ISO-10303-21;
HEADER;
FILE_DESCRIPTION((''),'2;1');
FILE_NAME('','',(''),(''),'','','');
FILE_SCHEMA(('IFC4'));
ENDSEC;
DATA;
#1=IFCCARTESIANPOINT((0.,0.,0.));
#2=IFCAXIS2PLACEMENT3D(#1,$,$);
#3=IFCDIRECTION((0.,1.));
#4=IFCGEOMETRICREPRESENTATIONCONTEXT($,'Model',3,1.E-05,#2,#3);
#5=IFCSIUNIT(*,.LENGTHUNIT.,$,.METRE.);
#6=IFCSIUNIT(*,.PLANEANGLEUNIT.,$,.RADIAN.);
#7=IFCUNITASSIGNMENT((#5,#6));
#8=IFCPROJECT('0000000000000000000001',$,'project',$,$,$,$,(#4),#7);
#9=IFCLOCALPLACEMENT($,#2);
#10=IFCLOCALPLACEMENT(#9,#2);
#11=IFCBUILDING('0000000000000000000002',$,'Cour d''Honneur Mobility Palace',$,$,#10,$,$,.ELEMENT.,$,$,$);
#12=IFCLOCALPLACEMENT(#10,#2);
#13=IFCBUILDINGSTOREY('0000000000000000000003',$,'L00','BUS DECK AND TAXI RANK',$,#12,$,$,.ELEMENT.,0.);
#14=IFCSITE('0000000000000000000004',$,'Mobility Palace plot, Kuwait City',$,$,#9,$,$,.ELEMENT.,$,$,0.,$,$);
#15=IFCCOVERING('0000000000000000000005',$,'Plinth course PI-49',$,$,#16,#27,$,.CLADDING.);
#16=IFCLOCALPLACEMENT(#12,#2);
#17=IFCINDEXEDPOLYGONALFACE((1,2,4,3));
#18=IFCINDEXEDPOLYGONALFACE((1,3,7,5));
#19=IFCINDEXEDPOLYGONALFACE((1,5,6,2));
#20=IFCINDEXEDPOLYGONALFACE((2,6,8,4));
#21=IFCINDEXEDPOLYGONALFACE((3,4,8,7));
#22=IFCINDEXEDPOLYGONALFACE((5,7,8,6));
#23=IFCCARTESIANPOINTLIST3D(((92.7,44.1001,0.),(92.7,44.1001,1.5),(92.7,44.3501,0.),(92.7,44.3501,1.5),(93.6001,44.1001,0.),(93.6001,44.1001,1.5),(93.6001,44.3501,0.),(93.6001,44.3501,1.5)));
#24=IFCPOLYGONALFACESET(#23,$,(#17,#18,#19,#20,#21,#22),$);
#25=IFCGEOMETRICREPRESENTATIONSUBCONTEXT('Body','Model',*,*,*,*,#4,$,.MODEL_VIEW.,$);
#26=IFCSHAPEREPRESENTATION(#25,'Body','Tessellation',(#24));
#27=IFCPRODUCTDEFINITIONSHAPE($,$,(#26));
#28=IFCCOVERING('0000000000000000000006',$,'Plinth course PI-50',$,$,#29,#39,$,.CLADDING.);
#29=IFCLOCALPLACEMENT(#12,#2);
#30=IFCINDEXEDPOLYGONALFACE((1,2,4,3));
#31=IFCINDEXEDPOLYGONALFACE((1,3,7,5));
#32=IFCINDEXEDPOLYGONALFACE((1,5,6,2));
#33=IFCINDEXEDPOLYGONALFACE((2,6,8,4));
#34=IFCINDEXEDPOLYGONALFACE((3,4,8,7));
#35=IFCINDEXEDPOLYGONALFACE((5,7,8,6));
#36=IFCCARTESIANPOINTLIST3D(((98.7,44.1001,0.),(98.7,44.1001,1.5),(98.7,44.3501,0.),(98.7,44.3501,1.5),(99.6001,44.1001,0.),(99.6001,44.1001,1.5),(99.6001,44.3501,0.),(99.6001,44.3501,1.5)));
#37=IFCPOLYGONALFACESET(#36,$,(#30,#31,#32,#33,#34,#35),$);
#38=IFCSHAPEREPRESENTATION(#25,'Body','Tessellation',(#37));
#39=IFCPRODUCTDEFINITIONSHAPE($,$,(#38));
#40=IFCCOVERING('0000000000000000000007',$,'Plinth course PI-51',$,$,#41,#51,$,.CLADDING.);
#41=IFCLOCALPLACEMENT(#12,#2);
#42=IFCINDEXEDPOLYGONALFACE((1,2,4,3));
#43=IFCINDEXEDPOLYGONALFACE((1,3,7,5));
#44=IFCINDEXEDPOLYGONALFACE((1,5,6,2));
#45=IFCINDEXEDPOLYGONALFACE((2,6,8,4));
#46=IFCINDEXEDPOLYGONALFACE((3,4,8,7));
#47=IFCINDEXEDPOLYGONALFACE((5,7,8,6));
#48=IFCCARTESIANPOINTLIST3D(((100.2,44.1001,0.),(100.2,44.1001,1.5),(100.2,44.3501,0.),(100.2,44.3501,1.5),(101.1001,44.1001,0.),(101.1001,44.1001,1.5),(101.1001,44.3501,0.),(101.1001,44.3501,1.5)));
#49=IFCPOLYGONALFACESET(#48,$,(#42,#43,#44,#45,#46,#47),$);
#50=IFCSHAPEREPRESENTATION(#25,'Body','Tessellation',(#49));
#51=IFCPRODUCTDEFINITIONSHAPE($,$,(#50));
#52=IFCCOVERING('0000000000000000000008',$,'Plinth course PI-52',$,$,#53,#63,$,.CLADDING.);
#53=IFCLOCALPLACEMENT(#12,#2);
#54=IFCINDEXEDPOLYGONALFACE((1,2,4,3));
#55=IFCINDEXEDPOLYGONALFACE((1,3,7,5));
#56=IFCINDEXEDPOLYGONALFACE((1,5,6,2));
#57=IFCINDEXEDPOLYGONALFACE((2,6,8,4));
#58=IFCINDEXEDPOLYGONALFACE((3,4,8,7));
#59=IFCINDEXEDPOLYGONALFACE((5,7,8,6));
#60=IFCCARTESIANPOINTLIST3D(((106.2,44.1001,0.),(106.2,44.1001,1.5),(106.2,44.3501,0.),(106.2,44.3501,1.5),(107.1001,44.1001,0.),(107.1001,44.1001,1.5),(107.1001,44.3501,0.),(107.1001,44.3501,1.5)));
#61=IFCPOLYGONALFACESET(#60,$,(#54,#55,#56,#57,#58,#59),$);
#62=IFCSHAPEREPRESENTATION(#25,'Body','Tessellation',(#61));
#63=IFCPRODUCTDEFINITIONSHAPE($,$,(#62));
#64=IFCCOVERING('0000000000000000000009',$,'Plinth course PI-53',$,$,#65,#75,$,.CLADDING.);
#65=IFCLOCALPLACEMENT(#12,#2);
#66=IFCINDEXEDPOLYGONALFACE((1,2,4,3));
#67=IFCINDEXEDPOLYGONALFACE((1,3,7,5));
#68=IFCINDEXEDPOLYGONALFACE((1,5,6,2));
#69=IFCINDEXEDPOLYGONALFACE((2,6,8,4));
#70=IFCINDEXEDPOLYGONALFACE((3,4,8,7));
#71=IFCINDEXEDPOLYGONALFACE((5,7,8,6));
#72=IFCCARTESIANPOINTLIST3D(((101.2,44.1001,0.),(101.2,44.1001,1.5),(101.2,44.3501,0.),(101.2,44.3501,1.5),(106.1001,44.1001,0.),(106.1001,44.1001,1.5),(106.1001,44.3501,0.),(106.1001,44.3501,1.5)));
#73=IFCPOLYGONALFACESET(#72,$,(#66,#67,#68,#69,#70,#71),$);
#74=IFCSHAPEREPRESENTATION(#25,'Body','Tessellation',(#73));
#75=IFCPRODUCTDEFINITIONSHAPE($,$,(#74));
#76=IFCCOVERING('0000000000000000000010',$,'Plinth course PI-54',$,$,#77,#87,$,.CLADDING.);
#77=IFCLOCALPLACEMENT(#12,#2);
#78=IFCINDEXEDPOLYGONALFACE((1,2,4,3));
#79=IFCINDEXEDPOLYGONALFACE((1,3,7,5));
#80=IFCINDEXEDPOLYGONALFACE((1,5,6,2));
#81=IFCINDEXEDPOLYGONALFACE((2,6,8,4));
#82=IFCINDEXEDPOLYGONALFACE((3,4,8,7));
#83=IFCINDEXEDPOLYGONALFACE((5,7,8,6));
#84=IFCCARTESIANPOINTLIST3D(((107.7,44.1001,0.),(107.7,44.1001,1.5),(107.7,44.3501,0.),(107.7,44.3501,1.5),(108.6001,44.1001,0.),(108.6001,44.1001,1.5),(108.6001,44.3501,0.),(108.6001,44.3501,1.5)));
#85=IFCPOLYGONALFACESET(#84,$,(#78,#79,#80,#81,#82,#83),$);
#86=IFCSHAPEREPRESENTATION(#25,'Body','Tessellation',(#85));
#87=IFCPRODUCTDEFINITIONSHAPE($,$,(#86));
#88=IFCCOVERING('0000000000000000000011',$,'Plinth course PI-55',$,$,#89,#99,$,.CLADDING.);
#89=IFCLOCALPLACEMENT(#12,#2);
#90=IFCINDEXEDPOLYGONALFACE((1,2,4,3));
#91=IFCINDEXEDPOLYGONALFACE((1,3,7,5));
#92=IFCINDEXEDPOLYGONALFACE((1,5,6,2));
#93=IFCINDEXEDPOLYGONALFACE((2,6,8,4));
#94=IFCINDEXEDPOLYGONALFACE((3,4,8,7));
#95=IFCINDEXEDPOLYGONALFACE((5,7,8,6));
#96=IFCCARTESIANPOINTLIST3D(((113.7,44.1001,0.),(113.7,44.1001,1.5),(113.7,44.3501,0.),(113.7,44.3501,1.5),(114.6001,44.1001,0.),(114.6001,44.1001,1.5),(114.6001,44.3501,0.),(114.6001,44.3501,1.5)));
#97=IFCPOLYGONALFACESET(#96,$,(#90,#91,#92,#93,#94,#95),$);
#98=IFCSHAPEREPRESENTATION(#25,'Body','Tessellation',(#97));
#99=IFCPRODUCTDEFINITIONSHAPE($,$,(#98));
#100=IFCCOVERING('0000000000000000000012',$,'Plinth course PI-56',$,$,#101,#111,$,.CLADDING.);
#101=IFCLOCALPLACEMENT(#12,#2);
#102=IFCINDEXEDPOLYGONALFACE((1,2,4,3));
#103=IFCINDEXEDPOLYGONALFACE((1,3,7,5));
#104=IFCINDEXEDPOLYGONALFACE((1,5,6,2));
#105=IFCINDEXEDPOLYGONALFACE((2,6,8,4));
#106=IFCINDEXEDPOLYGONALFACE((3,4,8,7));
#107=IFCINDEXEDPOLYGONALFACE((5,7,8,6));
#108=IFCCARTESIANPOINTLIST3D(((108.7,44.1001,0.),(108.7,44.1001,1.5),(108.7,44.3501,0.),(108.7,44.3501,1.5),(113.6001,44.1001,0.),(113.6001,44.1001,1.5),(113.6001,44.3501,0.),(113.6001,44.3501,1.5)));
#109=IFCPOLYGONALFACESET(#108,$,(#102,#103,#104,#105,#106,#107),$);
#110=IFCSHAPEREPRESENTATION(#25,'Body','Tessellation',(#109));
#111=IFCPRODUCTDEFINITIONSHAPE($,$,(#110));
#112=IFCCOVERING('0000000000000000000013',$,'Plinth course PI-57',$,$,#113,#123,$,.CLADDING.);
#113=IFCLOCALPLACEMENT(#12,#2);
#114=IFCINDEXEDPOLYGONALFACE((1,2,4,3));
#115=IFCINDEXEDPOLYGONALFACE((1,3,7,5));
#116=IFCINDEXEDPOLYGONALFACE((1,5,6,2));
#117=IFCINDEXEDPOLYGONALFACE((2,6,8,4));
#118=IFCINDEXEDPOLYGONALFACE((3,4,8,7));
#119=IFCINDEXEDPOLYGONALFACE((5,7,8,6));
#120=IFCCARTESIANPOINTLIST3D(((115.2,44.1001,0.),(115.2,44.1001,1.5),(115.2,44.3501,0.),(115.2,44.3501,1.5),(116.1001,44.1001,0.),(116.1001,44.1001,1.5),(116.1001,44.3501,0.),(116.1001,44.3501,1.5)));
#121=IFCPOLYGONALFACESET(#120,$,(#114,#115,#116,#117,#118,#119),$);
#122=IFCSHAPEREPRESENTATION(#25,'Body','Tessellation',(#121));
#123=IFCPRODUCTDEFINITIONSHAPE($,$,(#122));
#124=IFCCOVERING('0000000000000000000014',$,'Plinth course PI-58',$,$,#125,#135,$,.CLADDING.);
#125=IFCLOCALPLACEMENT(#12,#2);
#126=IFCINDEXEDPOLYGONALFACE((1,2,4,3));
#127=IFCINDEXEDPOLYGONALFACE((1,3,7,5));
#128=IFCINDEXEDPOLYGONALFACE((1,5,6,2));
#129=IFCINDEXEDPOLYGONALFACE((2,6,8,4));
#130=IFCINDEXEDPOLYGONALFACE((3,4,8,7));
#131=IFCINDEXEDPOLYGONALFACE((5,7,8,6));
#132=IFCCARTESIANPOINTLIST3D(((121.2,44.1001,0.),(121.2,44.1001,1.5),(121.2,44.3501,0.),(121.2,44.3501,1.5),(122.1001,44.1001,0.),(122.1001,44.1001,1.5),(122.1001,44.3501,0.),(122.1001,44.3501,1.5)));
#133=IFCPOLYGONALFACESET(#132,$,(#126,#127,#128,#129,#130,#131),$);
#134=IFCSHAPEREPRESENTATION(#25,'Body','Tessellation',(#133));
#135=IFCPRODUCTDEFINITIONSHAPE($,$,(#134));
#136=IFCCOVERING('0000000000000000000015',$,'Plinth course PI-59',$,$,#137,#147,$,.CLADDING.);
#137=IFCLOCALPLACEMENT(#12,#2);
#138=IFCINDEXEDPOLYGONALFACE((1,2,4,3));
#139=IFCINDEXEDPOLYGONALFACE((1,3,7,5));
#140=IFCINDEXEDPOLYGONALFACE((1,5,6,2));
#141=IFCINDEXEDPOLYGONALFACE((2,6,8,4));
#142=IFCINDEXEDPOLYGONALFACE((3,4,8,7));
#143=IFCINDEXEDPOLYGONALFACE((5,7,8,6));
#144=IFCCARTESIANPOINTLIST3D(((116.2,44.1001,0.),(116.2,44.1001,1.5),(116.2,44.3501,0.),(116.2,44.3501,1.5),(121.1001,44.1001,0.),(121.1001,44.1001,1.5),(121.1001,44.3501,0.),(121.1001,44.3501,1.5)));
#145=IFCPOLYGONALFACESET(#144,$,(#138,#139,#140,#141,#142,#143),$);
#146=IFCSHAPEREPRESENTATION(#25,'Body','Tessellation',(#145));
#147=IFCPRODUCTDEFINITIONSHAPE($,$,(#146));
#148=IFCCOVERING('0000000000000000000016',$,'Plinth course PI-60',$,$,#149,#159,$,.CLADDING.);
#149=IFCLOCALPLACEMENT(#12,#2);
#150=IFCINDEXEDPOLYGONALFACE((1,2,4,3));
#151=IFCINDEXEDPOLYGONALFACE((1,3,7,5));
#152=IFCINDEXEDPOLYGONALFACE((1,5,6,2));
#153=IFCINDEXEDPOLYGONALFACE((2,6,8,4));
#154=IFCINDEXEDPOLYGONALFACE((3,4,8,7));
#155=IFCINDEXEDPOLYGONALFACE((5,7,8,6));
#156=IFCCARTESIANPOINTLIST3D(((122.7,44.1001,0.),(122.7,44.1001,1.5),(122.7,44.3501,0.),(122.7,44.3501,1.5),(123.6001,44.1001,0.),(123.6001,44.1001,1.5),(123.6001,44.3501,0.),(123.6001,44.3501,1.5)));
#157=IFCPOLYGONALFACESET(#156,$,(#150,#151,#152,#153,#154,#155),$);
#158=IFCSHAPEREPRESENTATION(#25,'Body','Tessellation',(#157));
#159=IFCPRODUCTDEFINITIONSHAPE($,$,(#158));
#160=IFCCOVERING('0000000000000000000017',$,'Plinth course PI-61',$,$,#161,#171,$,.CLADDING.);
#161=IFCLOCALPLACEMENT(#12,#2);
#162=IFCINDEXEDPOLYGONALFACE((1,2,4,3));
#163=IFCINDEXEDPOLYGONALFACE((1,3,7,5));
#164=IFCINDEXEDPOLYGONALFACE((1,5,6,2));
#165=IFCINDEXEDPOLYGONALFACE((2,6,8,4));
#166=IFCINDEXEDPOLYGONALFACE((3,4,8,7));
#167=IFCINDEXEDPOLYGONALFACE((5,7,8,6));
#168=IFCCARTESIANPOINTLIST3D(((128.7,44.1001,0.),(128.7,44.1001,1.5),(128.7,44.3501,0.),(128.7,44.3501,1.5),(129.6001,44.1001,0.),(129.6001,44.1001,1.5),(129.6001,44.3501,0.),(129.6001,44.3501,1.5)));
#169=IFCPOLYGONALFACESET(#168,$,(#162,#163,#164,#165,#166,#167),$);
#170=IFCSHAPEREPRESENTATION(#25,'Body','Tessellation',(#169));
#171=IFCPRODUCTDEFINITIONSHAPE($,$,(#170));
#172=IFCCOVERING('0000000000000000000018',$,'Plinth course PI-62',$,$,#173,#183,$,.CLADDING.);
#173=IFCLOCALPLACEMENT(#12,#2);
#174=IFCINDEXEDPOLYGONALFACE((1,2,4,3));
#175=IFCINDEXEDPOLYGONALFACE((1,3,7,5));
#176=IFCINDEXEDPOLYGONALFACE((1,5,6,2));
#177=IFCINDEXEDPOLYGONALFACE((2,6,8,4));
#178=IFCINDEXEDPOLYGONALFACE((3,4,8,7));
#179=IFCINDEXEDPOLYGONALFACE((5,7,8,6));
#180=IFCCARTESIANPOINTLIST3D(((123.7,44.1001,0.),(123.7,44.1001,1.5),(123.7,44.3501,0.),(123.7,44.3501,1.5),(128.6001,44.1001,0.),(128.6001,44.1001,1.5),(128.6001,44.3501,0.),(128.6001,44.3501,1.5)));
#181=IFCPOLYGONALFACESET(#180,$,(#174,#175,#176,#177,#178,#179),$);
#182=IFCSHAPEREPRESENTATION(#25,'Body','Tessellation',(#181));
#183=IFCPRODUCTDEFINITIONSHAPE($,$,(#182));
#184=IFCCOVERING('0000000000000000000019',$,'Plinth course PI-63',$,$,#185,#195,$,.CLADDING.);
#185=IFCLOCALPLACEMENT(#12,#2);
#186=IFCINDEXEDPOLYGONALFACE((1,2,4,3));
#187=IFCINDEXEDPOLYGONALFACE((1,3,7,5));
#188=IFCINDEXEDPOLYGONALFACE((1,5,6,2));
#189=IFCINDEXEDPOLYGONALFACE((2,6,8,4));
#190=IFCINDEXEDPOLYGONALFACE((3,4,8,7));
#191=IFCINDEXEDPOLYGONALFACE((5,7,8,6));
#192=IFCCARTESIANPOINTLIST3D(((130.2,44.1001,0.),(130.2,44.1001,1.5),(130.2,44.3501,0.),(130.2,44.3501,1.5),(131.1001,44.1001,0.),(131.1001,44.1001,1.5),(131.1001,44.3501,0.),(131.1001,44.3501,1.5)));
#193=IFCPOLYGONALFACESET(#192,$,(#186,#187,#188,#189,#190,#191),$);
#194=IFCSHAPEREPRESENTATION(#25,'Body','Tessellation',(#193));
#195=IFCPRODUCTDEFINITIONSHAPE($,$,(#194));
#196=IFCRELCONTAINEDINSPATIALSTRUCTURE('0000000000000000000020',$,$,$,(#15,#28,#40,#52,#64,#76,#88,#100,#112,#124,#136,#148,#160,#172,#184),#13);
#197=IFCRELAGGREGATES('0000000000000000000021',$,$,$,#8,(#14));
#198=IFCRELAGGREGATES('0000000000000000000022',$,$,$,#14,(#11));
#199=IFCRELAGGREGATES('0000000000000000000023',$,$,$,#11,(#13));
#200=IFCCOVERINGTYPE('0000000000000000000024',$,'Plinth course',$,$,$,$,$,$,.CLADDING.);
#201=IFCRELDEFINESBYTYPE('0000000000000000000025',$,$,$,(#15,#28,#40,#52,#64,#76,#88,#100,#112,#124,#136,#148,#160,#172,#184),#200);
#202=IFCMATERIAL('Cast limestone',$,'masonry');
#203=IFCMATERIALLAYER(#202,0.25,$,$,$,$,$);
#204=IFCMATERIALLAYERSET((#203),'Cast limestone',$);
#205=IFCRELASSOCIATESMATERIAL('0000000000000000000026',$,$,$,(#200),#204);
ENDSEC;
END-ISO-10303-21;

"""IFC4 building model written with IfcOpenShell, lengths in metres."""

from ifc_helpers import new_model, si_unit, direction, origin, place, context, subcontext, project, spatial, polyline, outline, extrude, material, layer, layer_set, type_object, element, save


model = new_model("IFC4")

# Units and contexts
model_context = context("Model", 3, precision=1e-05, world=origin(), true_north=direction((0.0, 1.0)))
body_context = subcontext(model_context, "Body", "Model", "MODEL_VIEW")
ifc_project = project(units=[si_unit("LENGTHUNIT", "METRE"), si_unit("PLANEANGLEUNIT", "RADIAN")], contexts=[model_context])

# Site, building, storey
site_placement = place(None, origin())
site = spatial("IfcSite", under=ifc_project, at=site_placement, Name="Mobility Palace plot, Kuwait City", CompositionType="ELEMENT", RefElevation=0.0)
building_placement = place(site_placement, origin())
building = spatial("IfcBuilding", under=site, at=building_placement, Name="Cour d'Honneur Mobility Palace", CompositionType="ELEMENT")
storey_placement = place(building_placement, origin())
storey = spatial("IfcBuildingStorey", under=building, at=storey_placement, Name="L00", Description="BUS DECK AND TAXI RANK", CompositionType="ELEMENT", Elevation=0.0)

# Coverings
ifc_material = material(Name="Cast limestone", Category="masonry")
ifc_layer = layer(ifc_material, 0.25)
ifc_layer_set = layer_set([ifc_layer], Name="Cast limestone")
covering_type = type_object("IfcCoveringType", Name="Plinth course", PredefinedType="CLADDING", material=ifc_layer_set)
covering_1_placement = place(storey_placement, origin())
element("IfcCovering", 1, at=covering_1_placement, inside=storey, type_object=covering_type, Name="Plinth course PI-49", PredefinedType="CLADDING", context=body_context, shape_type="SweptSolid", body=[
    extrude(outline(polyline([(92.7, 44.3501), (93.6001, 44.3501), (93.6001, 44.1001), (92.7, 44.1001), (92.7, 44.3501)])), origin(), (0.0, 0.0, 1.0), 1.5),
])
covering_2_placement = place(storey_placement, origin())
element("IfcCovering", 2, at=covering_2_placement, inside=storey, type_object=covering_type, Name="Plinth course PI-50", PredefinedType="CLADDING", context=body_context, shape_type="SweptSolid", body=[
    extrude(outline(polyline([(98.7, 44.3501), (99.6001, 44.3501), (99.6001, 44.1001), (98.7, 44.1001), (98.7, 44.3501)])), origin(), (0.0, 0.0, 1.0), 1.5),
])
covering_3_placement = place(storey_placement, origin())
element("IfcCovering", 3, at=covering_3_placement, inside=storey, type_object=covering_type, Name="Plinth course PI-51", PredefinedType="CLADDING", context=body_context, shape_type="SweptSolid", body=[
    extrude(outline(polyline([(100.2, 44.3501), (101.1001, 44.3501), (101.1001, 44.1001), (100.2, 44.1001), (100.2, 44.3501)])), origin(), (0.0, 0.0, 1.0), 1.5),
])
covering_4_placement = place(storey_placement, origin())
element("IfcCovering", 4, at=covering_4_placement, inside=storey, type_object=covering_type, Name="Plinth course PI-52", PredefinedType="CLADDING", context=body_context, shape_type="SweptSolid", body=[
    extrude(outline(polyline([(106.2, 44.3501), (107.1001, 44.3501), (107.1001, 44.1001), (106.2, 44.1001), (106.2, 44.3501)])), origin(), (0.0, 0.0, 1.0), 1.5),
])
covering_5_placement = place(storey_placement, origin())
element("IfcCovering", 5, at=covering_5_placement, inside=storey, type_object=covering_type, Name="Plinth course PI-53", PredefinedType="CLADDING", context=body_context, shape_type="SweptSolid", body=[
    extrude(outline(polyline([(101.2, 44.3501), (106.1001, 44.3501), (106.1001, 44.1001), (101.2, 44.1001), (101.2, 44.3501)])), origin(), (0.0, 0.0, 1.0), 1.5),
])
covering_6_placement = place(storey_placement, origin())
element("IfcCovering", 6, at=covering_6_placement, inside=storey, type_object=covering_type, Name="Plinth course PI-54", PredefinedType="CLADDING", context=body_context, shape_type="SweptSolid", body=[
    extrude(outline(polyline([(107.7, 44.3501), (108.6001, 44.3501), (108.6001, 44.1001), (107.7, 44.1001), (107.7, 44.3501)])), origin(), (0.0, 0.0, 1.0), 1.5),
])
covering_7_placement = place(storey_placement, origin())
element("IfcCovering", 7, at=covering_7_placement, inside=storey, type_object=covering_type, Name="Plinth course PI-55", PredefinedType="CLADDING", context=body_context, shape_type="SweptSolid", body=[
    extrude(outline(polyline([(113.7, 44.3501), (114.6001, 44.3501), (114.6001, 44.1001), (113.7, 44.1001), (113.7, 44.3501)])), origin(), (0.0, 0.0, 1.0), 1.5),
])
covering_8_placement = place(storey_placement, origin())
element("IfcCovering", 8, at=covering_8_placement, inside=storey, type_object=covering_type, Name="Plinth course PI-56", PredefinedType="CLADDING", context=body_context, shape_type="SweptSolid", body=[
    extrude(outline(polyline([(108.7, 44.3501), (113.6001, 44.3501), (113.6001, 44.1001), (108.7, 44.1001), (108.7, 44.3501)])), origin(), (0.0, 0.0, 1.0), 1.5),
])
covering_9_placement = place(storey_placement, origin())
element("IfcCovering", 9, at=covering_9_placement, inside=storey, type_object=covering_type, Name="Plinth course PI-57", PredefinedType="CLADDING", context=body_context, shape_type="SweptSolid", body=[
    extrude(outline(polyline([(115.2, 44.3501), (116.1001, 44.3501), (116.1001, 44.1001), (115.2, 44.1001), (115.2, 44.3501)])), origin(), (0.0, 0.0, 1.0), 1.5),
])
covering_10_placement = place(storey_placement, origin())
element("IfcCovering", 10, at=covering_10_placement, inside=storey, type_object=covering_type, Name="Plinth course PI-58", PredefinedType="CLADDING", context=body_context, shape_type="SweptSolid", body=[
    extrude(outline(polyline([(121.2, 44.3501), (122.1001, 44.3501), (122.1001, 44.1001), (121.2, 44.1001), (121.2, 44.3501)])), origin(), (0.0, 0.0, 1.0), 1.5),
])
covering_11_placement = place(storey_placement, origin())
element("IfcCovering", 11, at=covering_11_placement, inside=storey, type_object=covering_type, Name="Plinth course PI-59", PredefinedType="CLADDING", context=body_context, shape_type="SweptSolid", body=[
    extrude(outline(polyline([(116.2, 44.3501), (121.1001, 44.3501), (121.1001, 44.1001), (116.2, 44.1001), (116.2, 44.3501)])), origin(), (0.0, 0.0, 1.0), 1.5),
])
covering_12_placement = place(storey_placement, origin())
element("IfcCovering", 12, at=covering_12_placement, inside=storey, type_object=covering_type, Name="Plinth course PI-60", PredefinedType="CLADDING", context=body_context, shape_type="SweptSolid", body=[
    extrude(outline(polyline([(122.7, 44.3501), (123.6001, 44.3501), (123.6001, 44.1001), (122.7, 44.1001), (122.7, 44.3501)])), origin(), (0.0, 0.0, 1.0), 1.5),
])
covering_13_placement = place(storey_placement, origin())
element("IfcCovering", 13, at=covering_13_placement, inside=storey, type_object=covering_type, Name="Plinth course PI-61", PredefinedType="CLADDING", context=body_context, shape_type="SweptSolid", body=[
    extrude(outline(polyline([(128.7, 44.3501), (129.6001, 44.3501), (129.6001, 44.1001), (128.7, 44.1001), (128.7, 44.3501)])), origin(), (0.0, 0.0, 1.0), 1.5),
])
covering_14_placement = place(storey_placement, origin())
element("IfcCovering", 14, at=covering_14_placement, inside=storey, type_object=covering_type, Name="Plinth course PI-62", PredefinedType="CLADDING", context=body_context, shape_type="SweptSolid", body=[
    extrude(outline(polyline([(123.7, 44.3501), (128.6001, 44.3501), (128.6001, 44.1001), (123.7, 44.1001), (123.7, 44.3501)])), origin(), (0.0, 0.0, 1.0), 1.5),
])
covering_15_placement = place(storey_placement, origin())
element("IfcCovering", 15, at=covering_15_placement, inside=storey, type_object=covering_type, Name="Plinth course PI-63", PredefinedType="CLADDING", context=body_context, shape_type="SweptSolid", body=[
    extrude(outline(polyline([(130.2, 44.3501), (131.1001, 44.3501), (131.1001, 44.1001), (130.2, 44.1001), (130.2, 44.3501)])), origin(), (0.0, 0.0, 1.0), 1.5),
])

save(model, "model.ifc")
